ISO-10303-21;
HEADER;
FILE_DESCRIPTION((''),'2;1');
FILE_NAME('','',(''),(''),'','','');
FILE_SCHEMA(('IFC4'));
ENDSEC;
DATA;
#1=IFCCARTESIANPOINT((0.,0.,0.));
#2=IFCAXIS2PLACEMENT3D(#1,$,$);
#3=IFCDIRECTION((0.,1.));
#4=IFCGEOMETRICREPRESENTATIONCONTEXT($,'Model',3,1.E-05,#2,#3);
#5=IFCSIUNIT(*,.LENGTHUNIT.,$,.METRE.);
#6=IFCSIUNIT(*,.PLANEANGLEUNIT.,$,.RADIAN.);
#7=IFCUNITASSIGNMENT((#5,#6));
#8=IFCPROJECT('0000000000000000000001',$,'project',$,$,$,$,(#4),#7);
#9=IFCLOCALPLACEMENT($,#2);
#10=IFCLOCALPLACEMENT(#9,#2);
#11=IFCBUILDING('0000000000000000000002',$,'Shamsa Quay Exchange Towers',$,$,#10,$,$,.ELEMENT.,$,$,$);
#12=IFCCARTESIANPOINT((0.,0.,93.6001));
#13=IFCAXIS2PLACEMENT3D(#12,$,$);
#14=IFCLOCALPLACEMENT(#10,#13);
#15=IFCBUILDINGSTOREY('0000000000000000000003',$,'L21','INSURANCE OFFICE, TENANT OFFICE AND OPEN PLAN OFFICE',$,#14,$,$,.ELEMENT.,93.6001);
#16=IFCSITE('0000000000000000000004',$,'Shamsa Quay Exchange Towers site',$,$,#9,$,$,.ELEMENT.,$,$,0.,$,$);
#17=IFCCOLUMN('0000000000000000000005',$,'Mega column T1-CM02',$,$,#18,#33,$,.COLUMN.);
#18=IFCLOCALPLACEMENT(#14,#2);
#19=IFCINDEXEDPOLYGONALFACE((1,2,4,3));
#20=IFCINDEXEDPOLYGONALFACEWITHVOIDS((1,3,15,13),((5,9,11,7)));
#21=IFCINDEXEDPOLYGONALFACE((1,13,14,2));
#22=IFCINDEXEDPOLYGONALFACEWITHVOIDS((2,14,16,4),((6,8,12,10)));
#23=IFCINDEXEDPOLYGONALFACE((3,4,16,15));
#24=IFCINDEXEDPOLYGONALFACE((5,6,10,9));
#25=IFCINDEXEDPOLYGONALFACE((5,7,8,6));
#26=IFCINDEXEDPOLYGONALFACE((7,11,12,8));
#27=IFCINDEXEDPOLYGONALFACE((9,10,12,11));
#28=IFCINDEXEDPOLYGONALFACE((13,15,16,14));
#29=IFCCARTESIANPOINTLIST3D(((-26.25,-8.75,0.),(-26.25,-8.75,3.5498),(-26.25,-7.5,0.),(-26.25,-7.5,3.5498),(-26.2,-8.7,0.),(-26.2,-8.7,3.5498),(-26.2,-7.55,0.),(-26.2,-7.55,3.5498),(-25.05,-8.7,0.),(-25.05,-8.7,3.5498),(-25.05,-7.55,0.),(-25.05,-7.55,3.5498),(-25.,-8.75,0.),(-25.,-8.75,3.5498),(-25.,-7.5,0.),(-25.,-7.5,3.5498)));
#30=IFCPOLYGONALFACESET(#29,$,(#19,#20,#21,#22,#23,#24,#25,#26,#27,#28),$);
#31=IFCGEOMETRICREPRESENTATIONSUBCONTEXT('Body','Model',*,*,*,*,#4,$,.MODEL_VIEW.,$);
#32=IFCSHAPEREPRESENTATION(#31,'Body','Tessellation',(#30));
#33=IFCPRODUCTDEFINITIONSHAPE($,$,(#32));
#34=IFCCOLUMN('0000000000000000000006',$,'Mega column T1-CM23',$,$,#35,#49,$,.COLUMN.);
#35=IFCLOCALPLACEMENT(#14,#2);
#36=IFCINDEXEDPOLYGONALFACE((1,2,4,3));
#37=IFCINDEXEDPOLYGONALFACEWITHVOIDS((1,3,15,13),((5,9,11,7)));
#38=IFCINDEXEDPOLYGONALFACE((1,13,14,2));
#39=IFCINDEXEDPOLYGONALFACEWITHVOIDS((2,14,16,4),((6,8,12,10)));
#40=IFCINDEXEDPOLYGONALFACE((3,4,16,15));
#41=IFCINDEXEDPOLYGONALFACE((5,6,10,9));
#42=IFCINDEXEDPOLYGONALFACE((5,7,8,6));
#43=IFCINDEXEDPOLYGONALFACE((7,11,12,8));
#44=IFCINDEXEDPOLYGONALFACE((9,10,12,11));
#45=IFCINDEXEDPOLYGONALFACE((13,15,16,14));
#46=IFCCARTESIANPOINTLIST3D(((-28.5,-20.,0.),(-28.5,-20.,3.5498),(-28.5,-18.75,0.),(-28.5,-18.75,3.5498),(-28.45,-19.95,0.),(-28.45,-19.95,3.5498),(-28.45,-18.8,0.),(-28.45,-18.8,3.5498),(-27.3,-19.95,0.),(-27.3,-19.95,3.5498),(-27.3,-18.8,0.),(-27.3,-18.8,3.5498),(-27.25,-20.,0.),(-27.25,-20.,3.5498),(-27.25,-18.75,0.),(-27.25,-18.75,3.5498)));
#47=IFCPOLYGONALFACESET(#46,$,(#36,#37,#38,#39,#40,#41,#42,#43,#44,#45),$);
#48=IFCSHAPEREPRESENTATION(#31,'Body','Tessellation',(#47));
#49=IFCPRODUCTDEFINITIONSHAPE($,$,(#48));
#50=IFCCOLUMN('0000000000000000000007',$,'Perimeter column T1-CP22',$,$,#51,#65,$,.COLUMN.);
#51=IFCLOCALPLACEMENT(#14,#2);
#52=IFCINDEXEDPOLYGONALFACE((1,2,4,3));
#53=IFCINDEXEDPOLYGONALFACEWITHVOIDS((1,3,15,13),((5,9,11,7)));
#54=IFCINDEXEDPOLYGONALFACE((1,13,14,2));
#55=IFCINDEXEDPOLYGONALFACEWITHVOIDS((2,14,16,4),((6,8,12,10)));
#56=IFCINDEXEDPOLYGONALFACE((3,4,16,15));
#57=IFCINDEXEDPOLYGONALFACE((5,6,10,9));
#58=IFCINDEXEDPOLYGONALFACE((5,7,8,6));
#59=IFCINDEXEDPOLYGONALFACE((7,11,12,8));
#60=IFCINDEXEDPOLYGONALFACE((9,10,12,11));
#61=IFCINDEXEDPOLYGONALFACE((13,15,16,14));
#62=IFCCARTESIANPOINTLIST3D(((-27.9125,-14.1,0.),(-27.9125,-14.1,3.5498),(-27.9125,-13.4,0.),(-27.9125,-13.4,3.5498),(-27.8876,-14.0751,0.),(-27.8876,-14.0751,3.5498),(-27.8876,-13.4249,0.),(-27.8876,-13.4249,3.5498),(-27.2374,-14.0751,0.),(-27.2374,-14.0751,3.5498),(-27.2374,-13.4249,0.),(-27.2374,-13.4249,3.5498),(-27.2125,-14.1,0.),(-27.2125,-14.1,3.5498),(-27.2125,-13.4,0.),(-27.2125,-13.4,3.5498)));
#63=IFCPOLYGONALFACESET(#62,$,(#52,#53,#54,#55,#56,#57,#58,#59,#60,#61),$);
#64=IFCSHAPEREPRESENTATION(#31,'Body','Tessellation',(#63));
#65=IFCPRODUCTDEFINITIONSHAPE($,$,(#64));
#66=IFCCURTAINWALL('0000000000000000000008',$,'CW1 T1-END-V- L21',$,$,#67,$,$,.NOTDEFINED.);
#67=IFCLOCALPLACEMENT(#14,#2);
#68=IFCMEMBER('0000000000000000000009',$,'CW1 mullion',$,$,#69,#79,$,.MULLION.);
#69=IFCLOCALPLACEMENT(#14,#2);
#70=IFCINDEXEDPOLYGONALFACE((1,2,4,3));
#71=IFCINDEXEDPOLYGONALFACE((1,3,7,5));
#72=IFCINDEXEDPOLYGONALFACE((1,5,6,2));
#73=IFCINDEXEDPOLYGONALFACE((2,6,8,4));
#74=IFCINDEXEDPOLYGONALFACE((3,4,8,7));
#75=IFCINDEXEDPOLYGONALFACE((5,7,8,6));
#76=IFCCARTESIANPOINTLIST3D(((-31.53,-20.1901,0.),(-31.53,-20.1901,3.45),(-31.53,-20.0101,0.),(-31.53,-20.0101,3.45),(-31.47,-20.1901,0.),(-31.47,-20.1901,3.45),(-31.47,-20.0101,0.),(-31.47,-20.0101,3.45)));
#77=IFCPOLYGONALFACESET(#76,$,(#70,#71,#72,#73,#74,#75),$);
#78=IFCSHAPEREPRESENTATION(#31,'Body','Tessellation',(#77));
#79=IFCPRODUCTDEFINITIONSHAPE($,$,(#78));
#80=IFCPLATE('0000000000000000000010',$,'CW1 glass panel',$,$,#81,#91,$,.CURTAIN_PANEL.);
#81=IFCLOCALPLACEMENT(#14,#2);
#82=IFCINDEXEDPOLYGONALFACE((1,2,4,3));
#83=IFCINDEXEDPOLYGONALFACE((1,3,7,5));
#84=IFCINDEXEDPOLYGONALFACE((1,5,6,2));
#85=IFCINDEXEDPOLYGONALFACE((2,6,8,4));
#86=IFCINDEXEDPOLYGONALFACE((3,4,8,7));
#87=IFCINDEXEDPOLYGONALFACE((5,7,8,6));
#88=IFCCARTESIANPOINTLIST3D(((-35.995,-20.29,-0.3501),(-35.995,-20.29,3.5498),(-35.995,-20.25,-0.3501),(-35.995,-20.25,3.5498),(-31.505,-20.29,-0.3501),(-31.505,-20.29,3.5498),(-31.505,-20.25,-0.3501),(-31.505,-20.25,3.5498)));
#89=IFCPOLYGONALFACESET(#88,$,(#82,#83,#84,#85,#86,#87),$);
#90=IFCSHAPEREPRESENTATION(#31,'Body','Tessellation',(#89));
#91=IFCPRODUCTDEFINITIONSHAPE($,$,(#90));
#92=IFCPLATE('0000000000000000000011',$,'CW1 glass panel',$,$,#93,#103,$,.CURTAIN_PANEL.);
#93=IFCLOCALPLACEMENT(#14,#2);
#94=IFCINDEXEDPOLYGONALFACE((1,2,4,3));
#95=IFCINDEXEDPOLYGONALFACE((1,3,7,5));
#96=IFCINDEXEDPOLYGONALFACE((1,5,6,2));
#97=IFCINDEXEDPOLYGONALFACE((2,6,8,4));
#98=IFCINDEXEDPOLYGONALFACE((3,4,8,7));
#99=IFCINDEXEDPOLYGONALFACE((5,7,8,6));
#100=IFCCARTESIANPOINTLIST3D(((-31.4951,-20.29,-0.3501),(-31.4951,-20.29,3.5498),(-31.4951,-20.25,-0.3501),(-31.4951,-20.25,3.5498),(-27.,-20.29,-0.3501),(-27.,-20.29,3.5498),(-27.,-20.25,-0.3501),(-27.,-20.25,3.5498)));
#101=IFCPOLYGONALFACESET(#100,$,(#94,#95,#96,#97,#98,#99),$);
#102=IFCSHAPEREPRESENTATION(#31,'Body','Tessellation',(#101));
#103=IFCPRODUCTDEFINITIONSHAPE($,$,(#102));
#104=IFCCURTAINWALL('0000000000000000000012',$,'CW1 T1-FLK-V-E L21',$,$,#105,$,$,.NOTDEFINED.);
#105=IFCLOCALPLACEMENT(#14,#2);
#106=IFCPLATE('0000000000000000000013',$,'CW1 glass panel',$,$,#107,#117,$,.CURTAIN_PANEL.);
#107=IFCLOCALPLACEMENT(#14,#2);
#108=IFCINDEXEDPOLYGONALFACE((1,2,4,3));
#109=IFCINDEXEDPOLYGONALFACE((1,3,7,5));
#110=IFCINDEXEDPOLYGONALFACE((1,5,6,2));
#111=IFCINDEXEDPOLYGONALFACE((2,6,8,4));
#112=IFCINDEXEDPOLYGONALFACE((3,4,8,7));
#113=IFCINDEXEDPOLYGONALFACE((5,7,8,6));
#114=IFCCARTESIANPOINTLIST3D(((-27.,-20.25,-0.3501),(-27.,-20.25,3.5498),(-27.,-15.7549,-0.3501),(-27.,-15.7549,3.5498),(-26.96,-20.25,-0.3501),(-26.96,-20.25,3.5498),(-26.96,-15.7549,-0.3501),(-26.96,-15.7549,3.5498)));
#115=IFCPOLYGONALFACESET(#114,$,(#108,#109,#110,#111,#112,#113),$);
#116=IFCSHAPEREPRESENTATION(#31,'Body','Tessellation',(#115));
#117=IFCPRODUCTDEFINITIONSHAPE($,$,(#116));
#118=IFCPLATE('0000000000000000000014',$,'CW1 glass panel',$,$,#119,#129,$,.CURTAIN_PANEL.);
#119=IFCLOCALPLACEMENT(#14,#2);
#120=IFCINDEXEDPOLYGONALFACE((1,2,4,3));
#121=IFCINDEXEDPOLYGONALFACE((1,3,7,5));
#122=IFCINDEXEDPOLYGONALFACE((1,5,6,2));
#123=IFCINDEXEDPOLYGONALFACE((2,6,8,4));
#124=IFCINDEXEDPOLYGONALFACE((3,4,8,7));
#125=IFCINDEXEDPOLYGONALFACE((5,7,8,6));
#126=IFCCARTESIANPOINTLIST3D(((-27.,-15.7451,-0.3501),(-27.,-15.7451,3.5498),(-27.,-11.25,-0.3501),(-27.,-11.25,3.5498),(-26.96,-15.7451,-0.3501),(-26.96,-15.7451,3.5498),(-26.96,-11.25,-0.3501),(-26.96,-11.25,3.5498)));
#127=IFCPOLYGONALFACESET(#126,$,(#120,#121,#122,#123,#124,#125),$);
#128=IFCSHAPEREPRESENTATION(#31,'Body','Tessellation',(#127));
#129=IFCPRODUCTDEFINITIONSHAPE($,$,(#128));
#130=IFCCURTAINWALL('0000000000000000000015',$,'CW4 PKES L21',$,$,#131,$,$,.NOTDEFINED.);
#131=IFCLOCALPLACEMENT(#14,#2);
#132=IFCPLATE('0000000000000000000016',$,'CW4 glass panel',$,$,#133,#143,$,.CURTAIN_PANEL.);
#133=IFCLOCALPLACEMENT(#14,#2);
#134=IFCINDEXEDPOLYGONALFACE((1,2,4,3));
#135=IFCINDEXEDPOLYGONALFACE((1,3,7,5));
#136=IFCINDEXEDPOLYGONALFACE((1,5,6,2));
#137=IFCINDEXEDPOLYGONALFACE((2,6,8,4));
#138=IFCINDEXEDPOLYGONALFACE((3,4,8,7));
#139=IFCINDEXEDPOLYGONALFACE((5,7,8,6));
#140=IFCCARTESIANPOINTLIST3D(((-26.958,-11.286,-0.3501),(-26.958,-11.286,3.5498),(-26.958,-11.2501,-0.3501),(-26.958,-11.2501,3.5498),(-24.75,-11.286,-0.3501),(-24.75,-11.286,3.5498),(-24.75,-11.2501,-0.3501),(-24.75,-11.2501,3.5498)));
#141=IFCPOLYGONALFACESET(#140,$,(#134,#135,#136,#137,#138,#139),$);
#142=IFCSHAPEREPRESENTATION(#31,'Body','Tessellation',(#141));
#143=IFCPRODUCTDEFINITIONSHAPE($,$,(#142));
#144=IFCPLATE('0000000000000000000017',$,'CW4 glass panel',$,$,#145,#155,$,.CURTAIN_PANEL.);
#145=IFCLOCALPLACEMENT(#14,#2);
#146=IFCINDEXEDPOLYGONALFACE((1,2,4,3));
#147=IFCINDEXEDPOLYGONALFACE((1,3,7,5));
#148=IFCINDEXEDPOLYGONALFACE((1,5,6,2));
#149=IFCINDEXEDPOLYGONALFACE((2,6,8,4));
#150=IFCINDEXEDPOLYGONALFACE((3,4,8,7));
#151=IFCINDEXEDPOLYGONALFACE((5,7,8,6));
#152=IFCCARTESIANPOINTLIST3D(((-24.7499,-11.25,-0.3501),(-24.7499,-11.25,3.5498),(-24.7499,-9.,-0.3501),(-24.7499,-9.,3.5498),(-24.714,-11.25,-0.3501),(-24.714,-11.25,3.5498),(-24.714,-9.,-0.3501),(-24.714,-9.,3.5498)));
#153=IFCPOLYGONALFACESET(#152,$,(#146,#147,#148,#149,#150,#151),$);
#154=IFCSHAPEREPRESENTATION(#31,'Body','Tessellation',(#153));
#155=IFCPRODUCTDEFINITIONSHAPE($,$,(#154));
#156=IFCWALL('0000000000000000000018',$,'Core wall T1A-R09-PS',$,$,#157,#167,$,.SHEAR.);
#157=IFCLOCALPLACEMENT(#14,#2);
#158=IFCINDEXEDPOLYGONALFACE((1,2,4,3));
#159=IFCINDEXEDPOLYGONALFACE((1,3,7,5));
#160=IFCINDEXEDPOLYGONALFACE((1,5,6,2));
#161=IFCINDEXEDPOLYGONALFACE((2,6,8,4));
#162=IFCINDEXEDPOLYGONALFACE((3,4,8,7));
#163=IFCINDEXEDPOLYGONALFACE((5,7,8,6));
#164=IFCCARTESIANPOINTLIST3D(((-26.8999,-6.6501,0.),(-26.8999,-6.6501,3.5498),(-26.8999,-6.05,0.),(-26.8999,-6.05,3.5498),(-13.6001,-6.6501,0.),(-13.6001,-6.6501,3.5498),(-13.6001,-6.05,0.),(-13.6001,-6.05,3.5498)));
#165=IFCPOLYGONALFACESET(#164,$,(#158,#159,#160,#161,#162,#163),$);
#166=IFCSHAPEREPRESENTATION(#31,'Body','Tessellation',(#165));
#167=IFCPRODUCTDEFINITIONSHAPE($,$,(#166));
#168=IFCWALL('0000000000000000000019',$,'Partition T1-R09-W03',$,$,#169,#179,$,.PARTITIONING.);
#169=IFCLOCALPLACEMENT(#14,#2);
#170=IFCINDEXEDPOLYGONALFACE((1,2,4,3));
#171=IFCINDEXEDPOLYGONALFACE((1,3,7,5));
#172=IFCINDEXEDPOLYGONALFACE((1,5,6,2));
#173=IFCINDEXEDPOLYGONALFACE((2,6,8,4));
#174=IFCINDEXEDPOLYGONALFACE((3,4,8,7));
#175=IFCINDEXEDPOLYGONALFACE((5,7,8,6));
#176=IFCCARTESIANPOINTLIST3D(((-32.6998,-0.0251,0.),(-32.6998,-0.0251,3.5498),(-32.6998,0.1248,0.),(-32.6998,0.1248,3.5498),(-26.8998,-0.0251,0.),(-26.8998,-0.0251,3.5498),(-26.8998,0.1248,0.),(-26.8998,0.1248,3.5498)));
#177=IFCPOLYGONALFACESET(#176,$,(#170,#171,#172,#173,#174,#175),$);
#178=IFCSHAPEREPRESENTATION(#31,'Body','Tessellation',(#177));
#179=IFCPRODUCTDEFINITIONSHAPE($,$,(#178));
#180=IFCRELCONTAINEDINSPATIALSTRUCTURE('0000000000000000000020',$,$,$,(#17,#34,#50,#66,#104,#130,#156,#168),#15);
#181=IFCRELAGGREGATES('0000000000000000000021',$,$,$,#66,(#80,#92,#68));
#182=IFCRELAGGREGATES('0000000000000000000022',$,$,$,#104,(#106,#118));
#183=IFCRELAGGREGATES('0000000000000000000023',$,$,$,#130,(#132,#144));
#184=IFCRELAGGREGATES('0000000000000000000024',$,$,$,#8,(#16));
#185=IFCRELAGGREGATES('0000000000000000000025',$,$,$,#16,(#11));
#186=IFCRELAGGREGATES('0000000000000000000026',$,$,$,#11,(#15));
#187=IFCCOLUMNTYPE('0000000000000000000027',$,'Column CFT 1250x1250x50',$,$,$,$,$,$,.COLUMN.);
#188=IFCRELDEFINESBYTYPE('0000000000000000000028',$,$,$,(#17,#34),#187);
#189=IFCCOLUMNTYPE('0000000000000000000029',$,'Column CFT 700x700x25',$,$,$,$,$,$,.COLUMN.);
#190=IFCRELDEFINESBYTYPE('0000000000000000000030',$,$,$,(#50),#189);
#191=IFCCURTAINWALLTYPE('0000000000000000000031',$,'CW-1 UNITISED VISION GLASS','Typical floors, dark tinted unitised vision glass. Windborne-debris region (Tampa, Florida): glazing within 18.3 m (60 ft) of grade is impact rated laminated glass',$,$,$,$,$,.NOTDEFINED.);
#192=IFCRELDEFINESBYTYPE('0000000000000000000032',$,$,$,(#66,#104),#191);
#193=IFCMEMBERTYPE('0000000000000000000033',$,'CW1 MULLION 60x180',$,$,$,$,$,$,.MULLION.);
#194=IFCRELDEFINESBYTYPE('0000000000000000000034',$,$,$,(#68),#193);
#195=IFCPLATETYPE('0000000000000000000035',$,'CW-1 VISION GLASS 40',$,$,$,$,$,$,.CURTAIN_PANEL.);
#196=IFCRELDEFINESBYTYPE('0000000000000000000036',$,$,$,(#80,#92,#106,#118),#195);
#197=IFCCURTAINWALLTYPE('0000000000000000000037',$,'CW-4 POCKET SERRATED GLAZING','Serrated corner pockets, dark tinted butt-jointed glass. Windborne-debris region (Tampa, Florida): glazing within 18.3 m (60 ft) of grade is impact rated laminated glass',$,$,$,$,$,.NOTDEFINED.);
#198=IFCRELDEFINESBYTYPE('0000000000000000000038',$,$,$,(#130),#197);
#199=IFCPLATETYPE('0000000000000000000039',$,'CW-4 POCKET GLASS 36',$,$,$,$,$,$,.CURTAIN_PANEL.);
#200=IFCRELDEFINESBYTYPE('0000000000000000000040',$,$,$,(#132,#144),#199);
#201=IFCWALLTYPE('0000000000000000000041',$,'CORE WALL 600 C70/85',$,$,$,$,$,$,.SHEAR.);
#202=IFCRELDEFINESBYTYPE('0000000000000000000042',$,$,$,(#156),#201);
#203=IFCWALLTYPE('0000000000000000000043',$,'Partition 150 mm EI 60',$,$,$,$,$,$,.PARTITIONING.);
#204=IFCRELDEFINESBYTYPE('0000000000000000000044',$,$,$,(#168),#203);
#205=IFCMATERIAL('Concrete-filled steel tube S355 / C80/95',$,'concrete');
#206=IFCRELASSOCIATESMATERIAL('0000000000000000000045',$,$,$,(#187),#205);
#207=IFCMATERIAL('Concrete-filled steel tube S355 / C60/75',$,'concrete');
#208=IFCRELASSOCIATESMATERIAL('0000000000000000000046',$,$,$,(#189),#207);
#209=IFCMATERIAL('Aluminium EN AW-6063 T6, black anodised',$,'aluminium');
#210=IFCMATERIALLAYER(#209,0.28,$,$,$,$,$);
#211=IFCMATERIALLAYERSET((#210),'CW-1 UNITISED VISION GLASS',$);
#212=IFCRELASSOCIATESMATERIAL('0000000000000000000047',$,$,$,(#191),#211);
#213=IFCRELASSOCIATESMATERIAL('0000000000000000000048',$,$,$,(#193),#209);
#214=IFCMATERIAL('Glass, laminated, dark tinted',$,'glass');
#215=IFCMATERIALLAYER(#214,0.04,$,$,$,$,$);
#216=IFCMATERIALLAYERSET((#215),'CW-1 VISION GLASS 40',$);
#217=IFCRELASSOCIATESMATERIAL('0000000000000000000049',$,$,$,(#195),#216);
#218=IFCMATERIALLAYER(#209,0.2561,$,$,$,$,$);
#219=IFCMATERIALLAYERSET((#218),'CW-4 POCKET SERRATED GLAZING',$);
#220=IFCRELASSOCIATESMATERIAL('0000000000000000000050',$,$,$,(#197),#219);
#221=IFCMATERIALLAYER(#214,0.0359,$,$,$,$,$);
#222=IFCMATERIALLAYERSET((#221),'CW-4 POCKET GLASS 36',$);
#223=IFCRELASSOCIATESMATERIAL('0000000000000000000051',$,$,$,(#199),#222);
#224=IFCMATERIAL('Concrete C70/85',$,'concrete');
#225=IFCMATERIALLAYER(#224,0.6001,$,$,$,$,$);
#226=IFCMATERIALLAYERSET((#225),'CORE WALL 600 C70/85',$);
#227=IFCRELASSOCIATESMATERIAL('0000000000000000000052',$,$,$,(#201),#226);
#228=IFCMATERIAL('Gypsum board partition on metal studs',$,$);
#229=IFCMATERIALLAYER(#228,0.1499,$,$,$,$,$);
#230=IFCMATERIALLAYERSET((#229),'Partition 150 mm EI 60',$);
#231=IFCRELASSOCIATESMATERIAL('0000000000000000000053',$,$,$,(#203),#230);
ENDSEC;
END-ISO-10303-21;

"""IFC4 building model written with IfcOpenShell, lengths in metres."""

from ifc_helpers import new_model, si_unit, direction, frame, frame_2d, origin, origin_2d, place, context, subcontext, project, spatial, rectangle, hollow_rectangle, extrude, material, layer, layer_set, material_profile, profile_set, type_object, element, aggregate, save


model = new_model("IFC4")

# Units and contexts
model_context = context("Model", 3, precision=1e-05, world=origin(), true_north=direction((0.0, 1.0)))
body_context = subcontext(model_context, "Body", "Model", "MODEL_VIEW")
ifc_project = project(units=[si_unit("LENGTHUNIT", "METRE"), si_unit("PLANEANGLEUNIT", "RADIAN")], contexts=[model_context])

# Site, building, storey
site_placement = place(None, origin())
site = spatial("IfcSite", under=ifc_project, at=site_placement, Name="Shamsa Quay Exchange Towers site", CompositionType="ELEMENT", RefElevation=0.0)
building_placement = place(site_placement, origin())
building = spatial("IfcBuilding", under=site, at=building_placement, Name="Shamsa Quay Exchange Towers", CompositionType="ELEMENT")
storey_placement = place(building_placement, frame((0.0, 0.0, 93.6001)))
storey = spatial("IfcBuildingStorey", under=building, at=storey_placement, Name="L21", Description="INSURANCE OFFICE, TENANT OFFICE AND OPEN PLAN OFFICE", CompositionType="ELEMENT", Elevation=93.6001)

# Columns
ifc_material_1 = material(Name="Concrete-filled steel tube S355 / C80/95", Category="concrete")
ifc_material_profile_1 = material_profile(ifc_material_1, hollow_rectangle(XDim=1.25, YDim=1.25, WallThickness=0.05, at=origin_2d()), Name="CFT 1250x1250x50")
ifc_profile_set_1 = profile_set([ifc_material_profile_1], Name="Concrete-filled steel tube S355 / C80/95")
column_type_1 = type_object("IfcColumnType", Name="Column CFT 1250x1250x50", PredefinedType="COLUMN", material=ifc_profile_set_1)
for number, where, name in (
    (1, (-25.625, -8.125, 0.0), "Mega column T1-CM02"),
    (2, (-27.875, -19.375, 0.0), "Mega column T1-CM23"),
):
    element("IfcColumn", number, at=place(storey_placement, frame(where)), inside=storey, type_object=column_type_1, Name=name, PredefinedType="COLUMN", context=body_context, shape_type="SweptSolid", body=[
        extrude(hollow_rectangle(XDim=1.25, YDim=1.25, WallThickness=0.05, at=origin_2d()), origin(), (0.0, 0.0, 1.0), 3.5498),
    ])
ifc_material_2 = material(Name="Concrete-filled steel tube S355 / C60/75", Category="concrete")
ifc_material_profile_2 = material_profile(ifc_material_2, hollow_rectangle(XDim=0.7, YDim=0.7, WallThickness=0.0249, at=origin_2d()), Name="CFT 700x700x25")
ifc_profile_set_2 = profile_set([ifc_material_profile_2], Name="Concrete-filled steel tube S355 / C60/75")
column_type_2 = type_object("IfcColumnType", Name="Column CFT 700x700x25", PredefinedType="COLUMN", material=ifc_profile_set_2)
column_placement = place(storey_placement, frame((-27.5625, -13.75, 0.0)))
element("IfcColumn", 3, at=column_placement, inside=storey, type_object=column_type_2, Name="Perimeter column T1-CP22", PredefinedType="COLUMN", context=body_context, shape_type="SweptSolid", body=[
    extrude(hollow_rectangle(XDim=0.7, YDim=0.7, WallThickness=0.0249, at=origin_2d()), origin(), (0.0, 0.0, 1.0), 3.5498),
])

# Curtain wall, member, plates
ifc_material_3 = material(Name="Aluminium EN AW-6063 T6, black anodised", Category="aluminium")
ifc_layer_1 = layer(ifc_material_3, 0.28)
ifc_layer_set_1 = layer_set([ifc_layer_1], Name="CW-1 UNITISED VISION GLASS")
curtain_wall_type_1 = type_object("IfcCurtainWallType", Name="CW-1 UNITISED VISION GLASS", Description="Typical floors, dark tinted unitised vision glass. Windborne-debris region (Tampa, Florida): glazing within 18.3 m (60 ft) of grade is impact rated laminated glass", PredefinedType="NOTDEFINED", material=ifc_layer_set_1)
curtain_wall_1_placement = place(storey_placement, origin())
curtain_wall_1 = element("IfcCurtainWall", 4, at=curtain_wall_1_placement, inside=storey, type_object=curtain_wall_type_1, Name="CW1 T1-END-V- L21", PredefinedType="NOTDEFINED")
ifc_material_profile_3 = material_profile(ifc_material_3, rectangle(XDim=0.1799, YDim=0.0601, at=origin_2d()), Name="MU60x180")
ifc_profile_set_3 = profile_set([ifc_material_profile_3], Name="Aluminium EN AW-6063 T6, black anodised")
member_type = type_object("IfcMemberType", Name="CW1 MULLION 60x180", PredefinedType="MULLION", material=ifc_profile_set_3)
member_placement = place(storey_placement, frame((-31.5, -20.1001, 0.0), z_axis=(0.0, 0.0, 1.0), x_axis=(0.0, 1.0, 0.0)))
member = element("IfcMember", 5, at=member_placement, type_object=member_type, Name="CW1 mullion", PredefinedType="MULLION", context=body_context, shape_type="SweptSolid", body=[
    extrude(rectangle(XDim=0.1799, YDim=0.0601, at=origin_2d()), origin(), (0.0, 0.0, 1.0), 3.45),
])
ifc_material_4 = material(Name="Glass, laminated, dark tinted", Category="glass")
ifc_layer_2 = layer(ifc_material_4, 0.04)
ifc_layer_set_2 = layer_set([ifc_layer_2], Name="CW-1 VISION GLASS 40")
plate_type_1 = type_object("IfcPlateType", Name="CW-1 VISION GLASS 40", PredefinedType="CURTAIN_PANEL", material=ifc_layer_set_2)
plate_1_placement = place(storey_placement, frame((-33.75, -20.27, -0.3501)))
plate_1 = element("IfcPlate", 6, at=plate_1_placement, type_object=plate_type_1, Name="CW1 glass panel", PredefinedType="CURTAIN_PANEL", context=body_context, shape_type="SweptSolid", body=[
    extrude(rectangle(XDim=4.49, YDim=0.04, at=origin_2d()), origin(), (0.0, 0.0, 1.0), 3.8999),
])
plate_2_placement = place(storey_placement, frame((-29.2476, -20.27, -0.3501)))
plate_2 = element("IfcPlate", 7, at=plate_2_placement, type_object=plate_type_1, Name="CW1 glass panel", PredefinedType="CURTAIN_PANEL", context=body_context, shape_type="SweptSolid", body=[
    extrude(rectangle(XDim=4.4951, YDim=0.04, at=origin_2d()), origin(), (0.0, 0.0, 1.0), 3.8999),
])
aggregate(curtain_wall_1, [plate_1, plate_2, member])

# Curtain walls, plates
curtain_wall_2_placement = place(storey_placement, origin())
curtain_wall_2 = element("IfcCurtainWall", 8, at=curtain_wall_2_placement, inside=storey, type_object=curtain_wall_type_1, Name="CW1 T1-FLK-V-E L21", PredefinedType="NOTDEFINED")
plate_3_placement = place(storey_placement, frame((-26.98, -18.0024, -0.3501), z_axis=(0.0, 0.0, 1.0), x_axis=(0.0, 1.0, 0.0)))
plate_3 = element("IfcPlate", 9, at=plate_3_placement, type_object=plate_type_1, Name="CW1 glass panel", PredefinedType="CURTAIN_PANEL", context=body_context, shape_type="SweptSolid", body=[
    extrude(rectangle(XDim=4.4951, YDim=0.04, at=origin_2d()), origin(), (0.0, 0.0, 1.0), 3.8999),
])
plate_4_placement = place(storey_placement, frame((-26.98, -13.4976, -0.3501), z_axis=(0.0, 0.0, 1.0), x_axis=(0.0, 1.0, 0.0)))
plate_4 = element("IfcPlate", 10, at=plate_4_placement, type_object=plate_type_1, Name="CW1 glass panel", PredefinedType="CURTAIN_PANEL", context=body_context, shape_type="SweptSolid", body=[
    extrude(rectangle(XDim=4.4951, YDim=0.04, at=origin_2d()), origin(), (0.0, 0.0, 1.0), 3.8999),
])
aggregate(curtain_wall_2, [plate_3, plate_4])
ifc_layer_3 = layer(ifc_material_3, 0.2561)
ifc_layer_set_3 = layer_set([ifc_layer_3], Name="CW-4 POCKET SERRATED GLAZING")
curtain_wall_type_2 = type_object("IfcCurtainWallType", Name="CW-4 POCKET SERRATED GLAZING", Description="Serrated corner pockets, dark tinted butt-jointed glass. Windborne-debris region (Tampa, Florida): glazing within 18.3 m (60 ft) of grade is impact rated laminated glass", PredefinedType="NOTDEFINED", material=ifc_layer_set_3)
curtain_wall_3_placement = place(storey_placement, origin())
curtain_wall_3 = element("IfcCurtainWall", 11, at=curtain_wall_3_placement, inside=storey, type_object=curtain_wall_type_2, Name="CW4 PKES L21", PredefinedType="NOTDEFINED")
ifc_layer_4 = layer(ifc_material_4, 0.0359)
ifc_layer_set_4 = layer_set([ifc_layer_4], Name="CW-4 POCKET GLASS 36")
plate_type_2 = type_object("IfcPlateType", Name="CW-4 POCKET GLASS 36", PredefinedType="CURTAIN_PANEL", material=ifc_layer_set_4)
plate_5_placement = place(storey_placement, frame((-25.854, -11.2681, -0.3501)))
plate_5 = element("IfcPlate", 12, at=plate_5_placement, type_object=plate_type_2, Name="CW4 glass panel", PredefinedType="CURTAIN_PANEL", context=body_context, shape_type="SweptSolid", body=[
    extrude(rectangle(XDim=2.208, YDim=0.0359, at=origin_2d()), origin(), (0.0, 0.0, 1.0), 3.8999),
])
plate_6_placement = place(storey_placement, frame((-24.7319, -10.125, -0.3501), z_axis=(0.0, 0.0, 1.0), x_axis=(0.0, 1.0, 0.0)))
plate_6 = element("IfcPlate", 13, at=plate_6_placement, type_object=plate_type_2, Name="CW4 glass panel", PredefinedType="CURTAIN_PANEL", context=body_context, shape_type="SweptSolid", body=[
    extrude(rectangle(XDim=2.25, YDim=0.0359, at=origin_2d()), origin(), (0.0, 0.0, 1.0), 3.8999),
])
aggregate(curtain_wall_3, [plate_5, plate_6])

# Walls
ifc_material_5 = material(Name="Concrete C70/85", Category="concrete")
ifc_layer_5 = layer(ifc_material_5, 0.6001)
ifc_layer_set_5 = layer_set([ifc_layer_5], Name="CORE WALL 600 C70/85")
wall_type_1 = type_object("IfcWallType", Name="CORE WALL 600 C70/85", PredefinedType="SHEAR", material=ifc_layer_set_5)
wall_1_placement = place(storey_placement, frame((-26.8999, -6.3501, 0.0)))
element("IfcWall", 14, at=wall_1_placement, inside=storey, type_object=wall_type_1, Name="Core wall T1A-R09-PS", PredefinedType="SHEAR", context=body_context, shape_type="SweptSolid", body=[
    extrude(rectangle(XDim=13.2998, YDim=0.6001, at=frame_2d((6.6499, 0.0))), origin(), (0.0, 0.0, 1.0), 3.5498),
])
ifc_material_6 = material(Name="Gypsum board partition on metal studs")
ifc_layer_6 = layer(ifc_material_6, 0.1499)
ifc_layer_set_6 = layer_set([ifc_layer_6], Name="Partition 150 mm EI 60")
wall_type_2 = type_object("IfcWallType", Name="Partition 150 mm EI 60", PredefinedType="PARTITIONING", material=ifc_layer_set_6)
wall_2_placement = place(storey_placement, frame((-26.8999, 0.0498, 0.0), z_axis=(0.0, 0.0, 1.0), x_axis=(-1.0, 0.0, 0.0)))
element("IfcWall", 15, at=wall_2_placement, inside=storey, type_object=wall_type_2, Name="Partition T1-R09-W03", PredefinedType="PARTITIONING", context=body_context, shape_type="SweptSolid", body=[
    extrude(rectangle(XDim=5.8, YDim=0.1499, at=frame_2d((2.8999, 0.0))), origin(), (0.0, 0.0, 1.0), 3.5498),
])

save(model, "model.ifc")
